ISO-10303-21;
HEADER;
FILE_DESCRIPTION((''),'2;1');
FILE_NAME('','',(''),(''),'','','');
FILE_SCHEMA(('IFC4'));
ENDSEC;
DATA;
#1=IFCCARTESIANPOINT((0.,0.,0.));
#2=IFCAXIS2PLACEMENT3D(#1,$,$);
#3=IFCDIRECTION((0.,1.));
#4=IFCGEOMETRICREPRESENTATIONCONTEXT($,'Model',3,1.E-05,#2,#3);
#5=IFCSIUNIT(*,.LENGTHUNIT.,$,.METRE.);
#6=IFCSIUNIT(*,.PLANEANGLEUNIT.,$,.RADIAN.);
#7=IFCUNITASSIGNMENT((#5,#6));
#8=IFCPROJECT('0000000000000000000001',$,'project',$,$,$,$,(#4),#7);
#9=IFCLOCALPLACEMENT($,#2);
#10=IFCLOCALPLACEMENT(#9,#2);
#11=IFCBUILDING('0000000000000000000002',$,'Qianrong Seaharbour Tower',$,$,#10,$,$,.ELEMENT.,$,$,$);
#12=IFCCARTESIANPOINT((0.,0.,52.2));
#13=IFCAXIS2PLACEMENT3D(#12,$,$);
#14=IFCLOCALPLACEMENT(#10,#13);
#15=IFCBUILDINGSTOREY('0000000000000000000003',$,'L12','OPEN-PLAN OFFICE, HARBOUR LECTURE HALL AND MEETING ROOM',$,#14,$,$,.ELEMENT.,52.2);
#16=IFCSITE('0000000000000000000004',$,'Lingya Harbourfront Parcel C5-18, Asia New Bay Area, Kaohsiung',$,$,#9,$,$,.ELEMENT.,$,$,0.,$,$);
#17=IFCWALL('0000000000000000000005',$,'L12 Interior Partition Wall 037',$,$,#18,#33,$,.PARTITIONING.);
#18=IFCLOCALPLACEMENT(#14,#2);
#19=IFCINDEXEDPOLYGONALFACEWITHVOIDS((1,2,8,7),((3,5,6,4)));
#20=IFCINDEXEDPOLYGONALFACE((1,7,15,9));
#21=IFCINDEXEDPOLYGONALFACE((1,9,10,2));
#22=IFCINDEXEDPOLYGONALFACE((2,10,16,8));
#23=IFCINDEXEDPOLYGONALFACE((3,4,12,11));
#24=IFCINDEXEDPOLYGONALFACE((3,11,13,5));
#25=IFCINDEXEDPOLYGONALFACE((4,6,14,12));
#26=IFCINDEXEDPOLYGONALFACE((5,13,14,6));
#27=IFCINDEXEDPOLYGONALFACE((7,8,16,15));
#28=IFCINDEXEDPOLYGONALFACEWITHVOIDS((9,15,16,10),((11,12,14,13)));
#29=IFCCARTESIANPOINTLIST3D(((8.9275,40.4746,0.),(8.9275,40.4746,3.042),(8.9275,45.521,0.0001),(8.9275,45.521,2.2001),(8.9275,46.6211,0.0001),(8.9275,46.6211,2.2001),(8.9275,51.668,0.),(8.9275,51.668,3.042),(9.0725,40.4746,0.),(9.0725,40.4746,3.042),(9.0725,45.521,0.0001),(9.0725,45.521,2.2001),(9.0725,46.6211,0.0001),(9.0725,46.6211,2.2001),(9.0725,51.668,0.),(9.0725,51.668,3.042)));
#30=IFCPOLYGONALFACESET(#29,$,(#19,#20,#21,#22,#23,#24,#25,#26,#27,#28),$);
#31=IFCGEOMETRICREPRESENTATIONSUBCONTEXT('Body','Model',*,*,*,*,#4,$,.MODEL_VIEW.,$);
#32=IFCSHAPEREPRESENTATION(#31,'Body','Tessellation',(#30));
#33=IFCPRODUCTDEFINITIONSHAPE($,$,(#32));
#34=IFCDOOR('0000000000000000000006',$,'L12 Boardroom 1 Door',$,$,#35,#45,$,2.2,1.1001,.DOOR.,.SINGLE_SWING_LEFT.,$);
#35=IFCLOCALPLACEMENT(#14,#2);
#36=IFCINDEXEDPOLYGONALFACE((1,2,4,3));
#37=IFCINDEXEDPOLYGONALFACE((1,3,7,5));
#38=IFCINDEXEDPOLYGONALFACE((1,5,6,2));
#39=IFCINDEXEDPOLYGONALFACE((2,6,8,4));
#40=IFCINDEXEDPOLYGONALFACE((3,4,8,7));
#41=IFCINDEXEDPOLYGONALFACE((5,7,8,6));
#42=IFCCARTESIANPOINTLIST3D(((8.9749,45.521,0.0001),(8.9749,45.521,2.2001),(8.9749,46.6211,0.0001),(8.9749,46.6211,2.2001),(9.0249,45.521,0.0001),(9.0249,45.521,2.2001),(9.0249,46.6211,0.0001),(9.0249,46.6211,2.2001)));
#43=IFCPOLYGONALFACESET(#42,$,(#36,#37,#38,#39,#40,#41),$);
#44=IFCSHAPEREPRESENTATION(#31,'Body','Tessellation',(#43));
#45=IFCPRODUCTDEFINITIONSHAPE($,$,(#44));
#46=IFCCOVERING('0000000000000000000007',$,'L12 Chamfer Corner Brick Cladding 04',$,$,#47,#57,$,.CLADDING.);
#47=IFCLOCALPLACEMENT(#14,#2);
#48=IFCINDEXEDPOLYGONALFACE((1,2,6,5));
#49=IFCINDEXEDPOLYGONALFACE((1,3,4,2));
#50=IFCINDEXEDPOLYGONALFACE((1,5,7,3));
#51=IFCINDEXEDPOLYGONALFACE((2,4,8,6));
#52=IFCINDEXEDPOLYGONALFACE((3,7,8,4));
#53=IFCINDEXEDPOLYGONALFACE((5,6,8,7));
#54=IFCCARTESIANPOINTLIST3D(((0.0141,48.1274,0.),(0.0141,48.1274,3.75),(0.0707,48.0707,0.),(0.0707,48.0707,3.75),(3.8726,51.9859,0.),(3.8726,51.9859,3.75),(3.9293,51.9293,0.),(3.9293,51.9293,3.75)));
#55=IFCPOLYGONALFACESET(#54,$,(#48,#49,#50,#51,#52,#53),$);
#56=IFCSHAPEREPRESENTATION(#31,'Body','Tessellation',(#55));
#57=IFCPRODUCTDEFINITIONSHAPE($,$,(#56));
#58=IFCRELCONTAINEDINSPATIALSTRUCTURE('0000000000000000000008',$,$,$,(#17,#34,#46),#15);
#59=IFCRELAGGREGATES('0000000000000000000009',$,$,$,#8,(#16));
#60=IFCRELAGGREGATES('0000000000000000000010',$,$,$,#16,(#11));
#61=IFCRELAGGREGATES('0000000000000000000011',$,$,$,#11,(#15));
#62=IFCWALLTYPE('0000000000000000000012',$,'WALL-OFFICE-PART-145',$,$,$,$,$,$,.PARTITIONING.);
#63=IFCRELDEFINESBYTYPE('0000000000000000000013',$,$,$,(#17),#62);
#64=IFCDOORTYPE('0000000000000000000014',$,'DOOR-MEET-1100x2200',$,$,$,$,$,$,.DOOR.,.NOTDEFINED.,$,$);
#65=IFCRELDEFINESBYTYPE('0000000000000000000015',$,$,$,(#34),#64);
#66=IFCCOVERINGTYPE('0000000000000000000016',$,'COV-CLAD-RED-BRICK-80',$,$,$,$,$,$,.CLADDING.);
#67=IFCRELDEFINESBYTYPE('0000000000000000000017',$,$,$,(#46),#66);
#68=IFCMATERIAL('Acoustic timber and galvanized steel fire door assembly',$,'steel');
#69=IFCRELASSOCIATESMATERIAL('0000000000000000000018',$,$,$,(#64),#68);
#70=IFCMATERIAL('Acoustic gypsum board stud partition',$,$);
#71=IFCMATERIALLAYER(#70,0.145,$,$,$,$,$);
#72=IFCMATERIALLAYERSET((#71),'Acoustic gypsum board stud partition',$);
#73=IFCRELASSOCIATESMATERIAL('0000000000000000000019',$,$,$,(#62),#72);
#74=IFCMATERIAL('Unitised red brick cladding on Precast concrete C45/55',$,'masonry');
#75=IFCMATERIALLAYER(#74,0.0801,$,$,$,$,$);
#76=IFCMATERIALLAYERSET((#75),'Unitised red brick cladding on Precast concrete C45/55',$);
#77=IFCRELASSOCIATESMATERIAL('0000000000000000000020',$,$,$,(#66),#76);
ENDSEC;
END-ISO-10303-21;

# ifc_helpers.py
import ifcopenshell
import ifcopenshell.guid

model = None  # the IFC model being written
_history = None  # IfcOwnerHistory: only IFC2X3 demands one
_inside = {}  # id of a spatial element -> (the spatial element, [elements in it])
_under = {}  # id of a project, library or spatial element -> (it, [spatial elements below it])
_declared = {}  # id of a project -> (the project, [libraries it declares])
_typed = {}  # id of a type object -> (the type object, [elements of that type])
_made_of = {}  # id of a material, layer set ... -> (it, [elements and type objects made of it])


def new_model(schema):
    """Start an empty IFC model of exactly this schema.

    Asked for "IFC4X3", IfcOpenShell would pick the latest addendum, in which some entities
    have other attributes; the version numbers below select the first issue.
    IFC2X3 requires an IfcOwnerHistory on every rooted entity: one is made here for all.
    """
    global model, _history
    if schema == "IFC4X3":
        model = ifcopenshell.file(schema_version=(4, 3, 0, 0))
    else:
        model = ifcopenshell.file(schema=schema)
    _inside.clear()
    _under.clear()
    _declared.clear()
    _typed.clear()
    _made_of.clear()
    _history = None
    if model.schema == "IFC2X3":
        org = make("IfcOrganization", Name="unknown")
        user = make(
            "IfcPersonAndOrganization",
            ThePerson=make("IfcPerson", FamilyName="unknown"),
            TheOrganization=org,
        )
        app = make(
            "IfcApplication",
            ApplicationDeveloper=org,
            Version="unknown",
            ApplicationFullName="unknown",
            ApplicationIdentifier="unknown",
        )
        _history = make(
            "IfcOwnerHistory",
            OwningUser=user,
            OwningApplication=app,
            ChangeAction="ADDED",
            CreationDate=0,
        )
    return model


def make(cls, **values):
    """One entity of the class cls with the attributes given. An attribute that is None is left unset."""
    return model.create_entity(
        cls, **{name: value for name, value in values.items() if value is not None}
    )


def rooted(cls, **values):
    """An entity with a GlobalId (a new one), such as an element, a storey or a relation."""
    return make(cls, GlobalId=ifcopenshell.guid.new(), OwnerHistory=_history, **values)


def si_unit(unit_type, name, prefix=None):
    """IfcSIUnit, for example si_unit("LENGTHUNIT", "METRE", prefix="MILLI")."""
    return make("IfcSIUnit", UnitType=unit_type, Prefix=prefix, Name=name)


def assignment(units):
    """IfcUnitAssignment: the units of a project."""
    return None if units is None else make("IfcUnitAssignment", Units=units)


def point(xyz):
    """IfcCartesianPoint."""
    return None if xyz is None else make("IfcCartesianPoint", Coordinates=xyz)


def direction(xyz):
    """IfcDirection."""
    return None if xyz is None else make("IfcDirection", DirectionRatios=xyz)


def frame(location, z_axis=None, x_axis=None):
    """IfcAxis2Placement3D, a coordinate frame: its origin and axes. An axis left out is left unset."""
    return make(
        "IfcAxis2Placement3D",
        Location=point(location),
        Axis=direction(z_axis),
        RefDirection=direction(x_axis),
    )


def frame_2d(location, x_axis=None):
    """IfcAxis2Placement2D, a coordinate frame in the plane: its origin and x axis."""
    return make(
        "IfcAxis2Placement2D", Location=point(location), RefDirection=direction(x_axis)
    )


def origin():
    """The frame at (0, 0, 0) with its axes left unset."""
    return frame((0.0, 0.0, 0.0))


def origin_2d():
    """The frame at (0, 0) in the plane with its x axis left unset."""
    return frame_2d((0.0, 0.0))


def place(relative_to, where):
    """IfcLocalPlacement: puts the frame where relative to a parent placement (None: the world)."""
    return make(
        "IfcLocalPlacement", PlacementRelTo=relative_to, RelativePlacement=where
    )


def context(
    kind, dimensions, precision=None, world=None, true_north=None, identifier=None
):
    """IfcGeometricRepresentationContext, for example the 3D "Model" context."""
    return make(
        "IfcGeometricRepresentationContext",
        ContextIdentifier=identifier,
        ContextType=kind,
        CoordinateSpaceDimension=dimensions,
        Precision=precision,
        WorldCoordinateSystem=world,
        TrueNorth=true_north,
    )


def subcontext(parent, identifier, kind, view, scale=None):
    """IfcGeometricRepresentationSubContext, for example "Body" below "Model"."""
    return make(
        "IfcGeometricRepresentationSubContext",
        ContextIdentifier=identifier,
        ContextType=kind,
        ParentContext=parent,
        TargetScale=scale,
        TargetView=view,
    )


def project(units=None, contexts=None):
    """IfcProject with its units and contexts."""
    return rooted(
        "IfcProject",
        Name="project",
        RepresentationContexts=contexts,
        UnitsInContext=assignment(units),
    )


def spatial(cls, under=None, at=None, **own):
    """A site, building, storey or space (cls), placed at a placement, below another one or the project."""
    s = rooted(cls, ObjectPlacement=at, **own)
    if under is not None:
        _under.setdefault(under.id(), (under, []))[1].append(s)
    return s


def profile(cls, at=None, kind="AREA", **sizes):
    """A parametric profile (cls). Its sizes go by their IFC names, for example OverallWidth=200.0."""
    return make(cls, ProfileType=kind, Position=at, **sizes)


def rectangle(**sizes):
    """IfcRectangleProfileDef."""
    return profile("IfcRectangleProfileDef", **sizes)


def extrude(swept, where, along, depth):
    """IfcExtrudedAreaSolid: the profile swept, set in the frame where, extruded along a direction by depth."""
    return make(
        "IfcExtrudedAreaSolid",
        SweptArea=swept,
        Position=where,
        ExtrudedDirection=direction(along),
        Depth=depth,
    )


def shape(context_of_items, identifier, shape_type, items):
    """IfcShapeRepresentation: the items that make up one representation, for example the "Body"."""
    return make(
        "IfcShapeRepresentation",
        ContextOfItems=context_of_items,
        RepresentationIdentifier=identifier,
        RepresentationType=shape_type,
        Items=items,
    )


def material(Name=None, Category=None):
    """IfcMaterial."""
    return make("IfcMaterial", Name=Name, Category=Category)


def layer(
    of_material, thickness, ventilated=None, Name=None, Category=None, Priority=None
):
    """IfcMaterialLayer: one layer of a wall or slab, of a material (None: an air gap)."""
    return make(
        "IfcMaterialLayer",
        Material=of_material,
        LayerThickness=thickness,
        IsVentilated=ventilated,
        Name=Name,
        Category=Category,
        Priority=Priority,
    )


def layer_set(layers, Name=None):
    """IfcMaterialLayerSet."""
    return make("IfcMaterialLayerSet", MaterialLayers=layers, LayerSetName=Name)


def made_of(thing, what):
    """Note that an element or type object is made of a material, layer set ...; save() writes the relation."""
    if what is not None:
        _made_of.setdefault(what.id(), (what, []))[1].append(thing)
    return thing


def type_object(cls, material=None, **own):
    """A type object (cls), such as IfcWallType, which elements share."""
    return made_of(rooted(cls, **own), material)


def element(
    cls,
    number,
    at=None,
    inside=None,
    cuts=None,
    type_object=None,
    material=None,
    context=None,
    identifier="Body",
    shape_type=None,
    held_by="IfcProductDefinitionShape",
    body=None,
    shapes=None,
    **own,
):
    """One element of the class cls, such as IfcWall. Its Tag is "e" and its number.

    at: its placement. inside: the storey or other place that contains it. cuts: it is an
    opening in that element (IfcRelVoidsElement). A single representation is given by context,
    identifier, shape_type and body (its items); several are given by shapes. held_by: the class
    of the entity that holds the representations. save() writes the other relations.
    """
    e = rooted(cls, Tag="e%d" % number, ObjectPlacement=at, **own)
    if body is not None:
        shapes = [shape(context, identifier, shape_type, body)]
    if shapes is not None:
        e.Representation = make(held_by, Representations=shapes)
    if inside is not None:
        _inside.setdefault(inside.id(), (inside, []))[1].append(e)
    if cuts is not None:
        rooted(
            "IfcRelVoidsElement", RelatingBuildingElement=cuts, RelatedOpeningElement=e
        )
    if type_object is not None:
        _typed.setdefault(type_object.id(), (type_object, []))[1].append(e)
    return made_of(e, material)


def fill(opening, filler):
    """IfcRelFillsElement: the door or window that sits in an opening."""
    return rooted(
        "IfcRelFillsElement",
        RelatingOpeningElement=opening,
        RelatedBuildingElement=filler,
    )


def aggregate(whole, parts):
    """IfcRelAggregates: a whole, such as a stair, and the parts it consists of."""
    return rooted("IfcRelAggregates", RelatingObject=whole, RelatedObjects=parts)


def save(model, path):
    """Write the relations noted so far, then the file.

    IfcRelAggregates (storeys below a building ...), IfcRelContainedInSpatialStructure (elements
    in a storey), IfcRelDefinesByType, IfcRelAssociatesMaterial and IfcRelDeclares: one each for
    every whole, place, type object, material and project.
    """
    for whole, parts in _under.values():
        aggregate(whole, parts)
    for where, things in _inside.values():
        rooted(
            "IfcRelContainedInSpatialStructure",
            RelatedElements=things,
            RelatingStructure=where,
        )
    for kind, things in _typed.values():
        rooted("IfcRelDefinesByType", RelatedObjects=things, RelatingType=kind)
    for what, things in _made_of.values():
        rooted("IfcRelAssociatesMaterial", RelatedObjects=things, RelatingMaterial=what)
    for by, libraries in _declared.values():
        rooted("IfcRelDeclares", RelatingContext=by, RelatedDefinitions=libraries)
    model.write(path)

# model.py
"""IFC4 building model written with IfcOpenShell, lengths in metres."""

from ifc_helpers import new_model, si_unit, direction, frame, frame_2d, origin, origin_2d, place, context, subcontext, project, spatial, rectangle, extrude, material, layer, layer_set, type_object, element, fill, save


model = new_model("IFC4")

# Units and contexts
model_context = context("Model", 3, precision=1e-05, world=origin(), true_north=direction((0.0, 1.0)))
body_context = subcontext(model_context, "Body", "Model", "MODEL_VIEW")
ifc_project = project(units=[si_unit("LENGTHUNIT", "METRE"), si_unit("PLANEANGLEUNIT", "RADIAN")], contexts=[model_context])

# Site, building, storey
site_placement = place(None, origin())
site = spatial("IfcSite", under=ifc_project, at=site_placement, Name="Lingya Harbourfront Parcel C5-18, Asia New Bay Area, Kaohsiung", CompositionType="ELEMENT", RefElevation=0.0)
building_placement = place(site_placement, origin())
building = spatial("IfcBuilding", under=site, at=building_placement, Name="Qianrong Seaharbour Tower", CompositionType="ELEMENT")
storey_placement = place(building_placement, frame((0.0, 0.0, 52.2)))
storey = spatial("IfcBuildingStorey", under=building, at=storey_placement, Name="L12", Description="OPEN-PLAN OFFICE, HARBOUR LECTURE HALL AND MEETING ROOM", CompositionType="ELEMENT", Elevation=52.2)

# Shared definitions
ifc_material_1 = material(Name="Acoustic timber and galvanized steel fire door assembly", Category="steel")
door_type = type_object("IfcDoorType", Name="DOOR-MEET-1100x2200", OperationType="NOTDEFINED", PredefinedType="DOOR", material=ifc_material_1)

# Wall, opening, door
ifc_material_2 = material(Name="Acoustic gypsum board stud partition")
ifc_layer_1 = layer(ifc_material_2, 0.145)
ifc_layer_set_1 = layer_set([ifc_layer_1], Name="Acoustic gypsum board stud partition")
wall_type_1 = type_object("IfcWallType", Name="WALL-OFFICE-PART-145", PredefinedType="PARTITIONING", material=ifc_layer_set_1)
wall_1_placement = place(storey_placement, frame((9.0, 51.668, 0.0), z_axis=(0.0, 0.0, 1.0), x_axis=(0.0, -1.0, 0.0)))
wall_1 = element("IfcWall", 1, at=wall_1_placement, inside=storey, type_object=wall_type_1, Name="L12 Interior Partition Wall 037", PredefinedType="PARTITIONING", context=body_context, shape_type="SweptSolid", body=[
    extrude(rectangle(XDim=11.1934, YDim=0.145, at=frame_2d((5.5967, 0.0))), origin(), (0.0, 0.0, 1.0), 3.042),
])
opening_1_placement = place(wall_1_placement, frame((5.0469, 0.0, 0.0)))
opening_1 = element("IfcOpeningElement", 2, at=opening_1_placement, cuts=wall_1, PredefinedType="OPENING", context=body_context, shape_type="SweptSolid", body=[
    extrude(rectangle(XDim=1.1001, YDim=2.2, at=frame_2d((0.55, 1.1001))), frame((0.0, 0.0825, 0.0), z_axis=(0.0, -1.0, 0.0), x_axis=(1.0, 0.0, 0.0)), (0.0, 0.0, 1.0), 0.165),
])
door_1_placement = place(opening_1_placement, origin())
door_1 = element("IfcDoor", 3, at=door_1_placement, inside=storey, type_object=door_type, Name="L12 Boardroom 1 Door", OperationType="SINGLE_SWING_LEFT", OverallHeight=2.2, OverallWidth=1.1001, PredefinedType="DOOR", context=body_context, shape_type="SweptSolid", body=[
    extrude(rectangle(XDim=1.1001, YDim=2.2, at=frame_2d((0.55, 1.1001))), frame((0.0, 0.0249, 0.0), z_axis=(0.0, -1.0, 0.0), x_axis=(1.0, 0.0, 0.0)), (0.0, 0.0, 1.0), 0.05),
])
fill(opening_1, door_1)

# Covering
ifc_material_3 = material(Name="Unitised red brick cladding on Precast concrete C45/55", Category="masonry")
ifc_layer_2 = layer(ifc_material_3, 0.0801)
ifc_layer_set_2 = layer_set([ifc_layer_2], Name="Unitised red brick cladding on Precast concrete C45/55")
covering_type = type_object("IfcCoveringType", Name="COV-CLAD-RED-BRICK-80", PredefinedType="CLADDING", material=ifc_layer_set_2)
covering_placement = place(storey_placement, frame((1.9717, 50.0283, 0.0), z_axis=(0.0, 0.0, 1.0), x_axis=(0.707107, 0.707107, 0.0)))
element("IfcCovering", 4, at=covering_placement, inside=storey, type_object=covering_type, Name="L12 Chamfer Corner Brick Cladding 04", PredefinedType="CLADDING", context=body_context, shape_type="SweptSolid", body=[
    extrude(rectangle(XDim=5.4568, YDim=0.0801, at=origin_2d()), origin(), (0.0, 0.0, 1.0), 3.75),
])

save(model, "model.ifc")
